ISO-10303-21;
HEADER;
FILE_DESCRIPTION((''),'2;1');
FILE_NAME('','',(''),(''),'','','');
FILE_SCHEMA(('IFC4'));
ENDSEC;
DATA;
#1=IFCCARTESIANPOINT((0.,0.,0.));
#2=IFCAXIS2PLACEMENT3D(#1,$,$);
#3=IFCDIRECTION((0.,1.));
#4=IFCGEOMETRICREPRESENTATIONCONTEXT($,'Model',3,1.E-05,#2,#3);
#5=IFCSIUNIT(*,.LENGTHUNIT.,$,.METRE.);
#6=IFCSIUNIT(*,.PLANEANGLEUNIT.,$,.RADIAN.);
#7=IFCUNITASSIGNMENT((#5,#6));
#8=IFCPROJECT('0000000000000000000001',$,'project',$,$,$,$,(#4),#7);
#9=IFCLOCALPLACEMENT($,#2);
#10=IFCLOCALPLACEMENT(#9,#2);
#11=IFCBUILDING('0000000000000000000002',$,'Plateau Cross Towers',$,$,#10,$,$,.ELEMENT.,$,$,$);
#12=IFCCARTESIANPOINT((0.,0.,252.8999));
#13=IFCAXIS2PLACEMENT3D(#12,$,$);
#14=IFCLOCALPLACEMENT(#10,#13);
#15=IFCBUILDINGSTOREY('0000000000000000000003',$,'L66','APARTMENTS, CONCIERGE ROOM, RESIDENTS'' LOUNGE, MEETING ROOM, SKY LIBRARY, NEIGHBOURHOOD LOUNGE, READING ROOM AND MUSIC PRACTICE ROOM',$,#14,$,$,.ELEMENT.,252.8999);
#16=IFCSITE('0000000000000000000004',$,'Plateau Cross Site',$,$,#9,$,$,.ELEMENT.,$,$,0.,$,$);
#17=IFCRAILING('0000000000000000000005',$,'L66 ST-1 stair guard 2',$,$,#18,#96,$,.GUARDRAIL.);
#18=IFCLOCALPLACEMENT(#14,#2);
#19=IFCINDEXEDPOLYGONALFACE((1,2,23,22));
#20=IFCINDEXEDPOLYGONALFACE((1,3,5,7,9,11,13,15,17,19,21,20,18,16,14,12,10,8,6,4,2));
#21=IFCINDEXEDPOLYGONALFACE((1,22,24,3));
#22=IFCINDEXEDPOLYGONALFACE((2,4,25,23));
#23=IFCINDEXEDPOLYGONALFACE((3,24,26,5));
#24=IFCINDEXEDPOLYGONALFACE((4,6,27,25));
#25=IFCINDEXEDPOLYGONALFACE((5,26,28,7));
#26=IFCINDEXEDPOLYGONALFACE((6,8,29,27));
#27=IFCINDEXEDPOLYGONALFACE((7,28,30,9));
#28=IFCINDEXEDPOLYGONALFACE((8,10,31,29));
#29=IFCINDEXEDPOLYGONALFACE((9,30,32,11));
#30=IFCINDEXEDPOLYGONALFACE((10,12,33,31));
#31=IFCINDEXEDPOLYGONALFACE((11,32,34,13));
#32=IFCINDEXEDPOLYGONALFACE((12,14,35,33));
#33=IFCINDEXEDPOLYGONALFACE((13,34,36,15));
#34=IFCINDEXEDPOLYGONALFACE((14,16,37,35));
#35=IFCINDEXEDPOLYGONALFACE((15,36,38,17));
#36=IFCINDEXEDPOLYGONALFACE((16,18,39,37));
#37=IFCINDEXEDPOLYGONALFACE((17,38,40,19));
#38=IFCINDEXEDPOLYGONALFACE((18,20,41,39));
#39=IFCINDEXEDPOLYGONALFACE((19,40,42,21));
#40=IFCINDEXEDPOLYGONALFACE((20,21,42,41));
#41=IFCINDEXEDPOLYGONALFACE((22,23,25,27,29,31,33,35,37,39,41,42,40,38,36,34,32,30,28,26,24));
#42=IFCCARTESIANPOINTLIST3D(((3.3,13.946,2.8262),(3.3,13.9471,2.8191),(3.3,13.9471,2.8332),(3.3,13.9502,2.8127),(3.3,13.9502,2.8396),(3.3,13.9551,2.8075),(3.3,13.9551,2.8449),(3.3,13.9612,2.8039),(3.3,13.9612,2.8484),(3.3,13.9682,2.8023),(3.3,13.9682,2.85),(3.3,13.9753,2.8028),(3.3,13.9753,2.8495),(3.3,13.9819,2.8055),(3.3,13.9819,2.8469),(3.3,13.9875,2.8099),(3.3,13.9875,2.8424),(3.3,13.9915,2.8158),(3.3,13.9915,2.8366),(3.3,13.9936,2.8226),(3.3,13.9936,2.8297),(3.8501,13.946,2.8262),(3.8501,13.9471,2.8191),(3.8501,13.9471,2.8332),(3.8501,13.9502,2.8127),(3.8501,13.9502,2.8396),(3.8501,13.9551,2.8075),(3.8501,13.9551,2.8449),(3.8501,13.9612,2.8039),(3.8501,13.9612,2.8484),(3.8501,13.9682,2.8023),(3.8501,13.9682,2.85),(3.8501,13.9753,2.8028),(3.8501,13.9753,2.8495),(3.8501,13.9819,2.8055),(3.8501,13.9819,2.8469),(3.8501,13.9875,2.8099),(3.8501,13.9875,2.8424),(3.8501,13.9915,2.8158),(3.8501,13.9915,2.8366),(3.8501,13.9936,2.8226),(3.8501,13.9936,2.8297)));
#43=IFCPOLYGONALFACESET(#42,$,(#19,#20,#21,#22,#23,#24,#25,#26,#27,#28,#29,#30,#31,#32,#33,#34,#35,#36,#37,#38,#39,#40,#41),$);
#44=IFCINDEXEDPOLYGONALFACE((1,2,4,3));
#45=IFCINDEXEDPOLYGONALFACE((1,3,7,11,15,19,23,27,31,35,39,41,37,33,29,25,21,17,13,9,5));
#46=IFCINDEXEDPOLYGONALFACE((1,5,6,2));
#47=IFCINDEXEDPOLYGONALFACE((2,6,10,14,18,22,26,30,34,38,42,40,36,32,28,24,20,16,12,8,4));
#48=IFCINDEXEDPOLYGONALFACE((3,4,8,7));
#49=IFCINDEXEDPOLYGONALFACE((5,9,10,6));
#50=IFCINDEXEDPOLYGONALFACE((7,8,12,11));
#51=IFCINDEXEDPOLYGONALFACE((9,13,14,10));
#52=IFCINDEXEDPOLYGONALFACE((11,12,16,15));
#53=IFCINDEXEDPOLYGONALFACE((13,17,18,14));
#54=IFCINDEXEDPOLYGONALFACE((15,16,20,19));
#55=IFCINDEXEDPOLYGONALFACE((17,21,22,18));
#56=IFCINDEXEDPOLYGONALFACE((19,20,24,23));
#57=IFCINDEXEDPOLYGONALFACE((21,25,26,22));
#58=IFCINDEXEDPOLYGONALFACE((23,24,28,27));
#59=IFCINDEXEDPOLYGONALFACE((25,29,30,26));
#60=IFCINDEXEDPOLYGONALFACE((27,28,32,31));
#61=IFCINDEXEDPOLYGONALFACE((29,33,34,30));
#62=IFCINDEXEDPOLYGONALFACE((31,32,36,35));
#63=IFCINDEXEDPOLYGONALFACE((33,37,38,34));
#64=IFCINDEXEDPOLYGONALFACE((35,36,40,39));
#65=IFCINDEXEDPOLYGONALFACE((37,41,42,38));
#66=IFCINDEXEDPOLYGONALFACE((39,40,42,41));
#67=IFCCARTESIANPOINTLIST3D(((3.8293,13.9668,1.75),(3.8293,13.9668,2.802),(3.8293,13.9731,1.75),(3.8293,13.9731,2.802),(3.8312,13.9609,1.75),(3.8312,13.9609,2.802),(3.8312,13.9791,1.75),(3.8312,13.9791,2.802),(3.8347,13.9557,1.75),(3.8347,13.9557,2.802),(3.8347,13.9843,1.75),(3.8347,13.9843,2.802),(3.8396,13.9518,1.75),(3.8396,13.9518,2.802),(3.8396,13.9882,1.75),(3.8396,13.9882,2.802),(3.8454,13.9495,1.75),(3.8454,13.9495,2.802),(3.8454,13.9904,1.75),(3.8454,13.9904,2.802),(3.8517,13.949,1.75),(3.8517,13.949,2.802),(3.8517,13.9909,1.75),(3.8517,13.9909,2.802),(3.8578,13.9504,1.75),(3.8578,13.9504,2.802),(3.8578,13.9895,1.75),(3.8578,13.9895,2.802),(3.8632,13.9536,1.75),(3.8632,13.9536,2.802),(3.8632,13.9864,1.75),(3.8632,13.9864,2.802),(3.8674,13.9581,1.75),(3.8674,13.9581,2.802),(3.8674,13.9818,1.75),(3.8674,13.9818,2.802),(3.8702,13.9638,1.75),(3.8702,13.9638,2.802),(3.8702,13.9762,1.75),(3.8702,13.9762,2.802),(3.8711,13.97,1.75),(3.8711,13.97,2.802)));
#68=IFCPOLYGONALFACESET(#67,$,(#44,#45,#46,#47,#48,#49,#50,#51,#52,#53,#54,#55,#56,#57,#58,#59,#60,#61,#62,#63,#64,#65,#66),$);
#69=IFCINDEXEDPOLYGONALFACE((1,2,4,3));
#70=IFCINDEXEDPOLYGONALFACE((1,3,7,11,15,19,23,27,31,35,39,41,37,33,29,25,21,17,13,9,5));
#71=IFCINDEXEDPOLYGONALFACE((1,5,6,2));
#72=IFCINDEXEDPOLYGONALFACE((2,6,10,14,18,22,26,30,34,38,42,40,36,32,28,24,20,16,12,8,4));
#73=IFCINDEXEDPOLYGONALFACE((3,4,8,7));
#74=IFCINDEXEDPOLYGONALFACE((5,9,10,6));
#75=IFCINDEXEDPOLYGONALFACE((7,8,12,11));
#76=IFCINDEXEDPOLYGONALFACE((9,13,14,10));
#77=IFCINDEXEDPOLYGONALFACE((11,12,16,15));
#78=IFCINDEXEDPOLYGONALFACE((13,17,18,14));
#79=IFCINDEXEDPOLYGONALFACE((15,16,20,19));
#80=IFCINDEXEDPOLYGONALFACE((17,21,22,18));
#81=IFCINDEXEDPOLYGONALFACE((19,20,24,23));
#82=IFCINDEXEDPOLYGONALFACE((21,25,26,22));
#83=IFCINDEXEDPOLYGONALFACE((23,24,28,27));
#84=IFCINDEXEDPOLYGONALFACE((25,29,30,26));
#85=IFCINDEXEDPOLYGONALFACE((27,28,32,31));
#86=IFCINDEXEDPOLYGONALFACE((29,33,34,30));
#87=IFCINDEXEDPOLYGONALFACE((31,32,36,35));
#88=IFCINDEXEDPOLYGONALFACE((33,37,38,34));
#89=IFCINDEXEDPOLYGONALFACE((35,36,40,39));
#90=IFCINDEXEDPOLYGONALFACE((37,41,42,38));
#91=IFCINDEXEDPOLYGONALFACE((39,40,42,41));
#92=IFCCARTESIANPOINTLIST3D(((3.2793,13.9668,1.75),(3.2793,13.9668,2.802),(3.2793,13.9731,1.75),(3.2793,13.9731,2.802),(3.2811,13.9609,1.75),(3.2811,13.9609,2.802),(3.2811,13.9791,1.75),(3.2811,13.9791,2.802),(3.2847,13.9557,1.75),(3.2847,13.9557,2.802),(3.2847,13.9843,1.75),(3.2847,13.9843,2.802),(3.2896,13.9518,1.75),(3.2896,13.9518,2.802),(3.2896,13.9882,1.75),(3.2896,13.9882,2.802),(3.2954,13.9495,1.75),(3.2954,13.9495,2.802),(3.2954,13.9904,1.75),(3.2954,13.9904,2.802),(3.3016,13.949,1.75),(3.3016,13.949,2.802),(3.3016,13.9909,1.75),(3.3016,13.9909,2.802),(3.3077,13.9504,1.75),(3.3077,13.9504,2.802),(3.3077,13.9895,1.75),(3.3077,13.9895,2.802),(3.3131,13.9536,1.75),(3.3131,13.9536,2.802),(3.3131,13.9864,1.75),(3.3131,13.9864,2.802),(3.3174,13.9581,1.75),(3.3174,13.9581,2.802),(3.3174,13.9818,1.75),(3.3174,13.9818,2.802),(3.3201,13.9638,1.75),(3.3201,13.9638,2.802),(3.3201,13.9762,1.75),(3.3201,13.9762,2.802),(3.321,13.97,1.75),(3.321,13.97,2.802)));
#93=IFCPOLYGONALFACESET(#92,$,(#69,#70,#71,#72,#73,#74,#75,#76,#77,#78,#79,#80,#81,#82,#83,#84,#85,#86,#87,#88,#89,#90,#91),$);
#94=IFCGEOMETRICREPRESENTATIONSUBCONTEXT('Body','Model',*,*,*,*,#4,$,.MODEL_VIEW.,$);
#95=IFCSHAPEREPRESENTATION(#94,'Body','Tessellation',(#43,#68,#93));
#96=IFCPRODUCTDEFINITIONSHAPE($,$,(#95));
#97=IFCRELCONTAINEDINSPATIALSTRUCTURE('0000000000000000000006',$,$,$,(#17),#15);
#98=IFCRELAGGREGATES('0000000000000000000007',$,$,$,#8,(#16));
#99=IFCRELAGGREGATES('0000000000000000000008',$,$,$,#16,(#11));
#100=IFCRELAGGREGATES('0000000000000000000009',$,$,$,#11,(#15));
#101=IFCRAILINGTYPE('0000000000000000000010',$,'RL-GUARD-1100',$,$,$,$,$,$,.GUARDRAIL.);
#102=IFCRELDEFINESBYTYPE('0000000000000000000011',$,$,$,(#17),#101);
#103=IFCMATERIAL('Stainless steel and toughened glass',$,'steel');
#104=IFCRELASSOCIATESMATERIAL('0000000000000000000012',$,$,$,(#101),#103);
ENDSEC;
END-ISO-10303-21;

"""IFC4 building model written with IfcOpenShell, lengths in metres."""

from ifc_helpers import new_model, si_unit, direction, frame, origin, origin_2d, place, context, subcontext, project, spatial, circle, extrude, material, type_object, element, save


model = new_model("IFC4")

# Units and contexts
model_context = context("Model", 3, precision=1e-05, world=origin(), true_north=direction((0.0, 1.0)))
body_context = subcontext(model_context, "Body", "Model", "MODEL_VIEW")
ifc_project = project(units=[si_unit("LENGTHUNIT", "METRE"), si_unit("PLANEANGLEUNIT", "RADIAN")], contexts=[model_context])

# Site, building, storey
site_placement = place(None, origin())
site = spatial("IfcSite", under=ifc_project, at=site_placement, Name="Plateau Cross Site", CompositionType="ELEMENT", RefElevation=0.0)
building_placement = place(site_placement, origin())
building = spatial("IfcBuilding", under=site, at=building_placement, Name="Plateau Cross Towers", CompositionType="ELEMENT")
storey_placement = place(building_placement, frame((0.0, 0.0, 252.8999)))
storey = spatial("IfcBuildingStorey", under=building, at=storey_placement, Name="L66", Description="APARTMENTS, CONCIERGE ROOM, RESIDENTS' LOUNGE, MEETING ROOM, SKY LIBRARY, NEIGHBOURHOOD LOUNGE, READING ROOM AND MUSIC PRACTICE ROOM", CompositionType="ELEMENT", Elevation=252.8999)

# Railing
ifc_material_1 = material(Name="Stainless steel and toughened glass", Category="steel")
railing_type_1 = type_object("IfcRailingType", Name="RL-GUARD-1100", PredefinedType="GUARDRAIL", material=ifc_material_1)
railing_1_placement = place(storey_placement, frame((3.8501, 13.97, 1.75)))
element("IfcRailing", 1, at=railing_1_placement, inside=storey, type_object=railing_type_1, Name="L66 ST-1 stair guard 2", PredefinedType="GUARDRAIL", context=body_context, shape_type="SweptSolid", body=[
    extrude(circle(Radius=0.0239, at=origin_2d()), frame((0.0, 0.0, 1.0762), z_axis=(-1.0, 0.0, 0.0), x_axis=(0.0, -1.0, 0.0)), (0.0, 0.0, 1.0), 0.55),
    extrude(circle(Radius=0.021, at=origin_2d()), origin(), (0.0, 0.0, 1.0), 1.052),
    extrude(circle(Radius=0.021, at=origin_2d()), frame((-0.55, 0.0, 0.0)), (0.0, 0.0, 1.0), 1.052),
])

save(model, "model.ifc")
